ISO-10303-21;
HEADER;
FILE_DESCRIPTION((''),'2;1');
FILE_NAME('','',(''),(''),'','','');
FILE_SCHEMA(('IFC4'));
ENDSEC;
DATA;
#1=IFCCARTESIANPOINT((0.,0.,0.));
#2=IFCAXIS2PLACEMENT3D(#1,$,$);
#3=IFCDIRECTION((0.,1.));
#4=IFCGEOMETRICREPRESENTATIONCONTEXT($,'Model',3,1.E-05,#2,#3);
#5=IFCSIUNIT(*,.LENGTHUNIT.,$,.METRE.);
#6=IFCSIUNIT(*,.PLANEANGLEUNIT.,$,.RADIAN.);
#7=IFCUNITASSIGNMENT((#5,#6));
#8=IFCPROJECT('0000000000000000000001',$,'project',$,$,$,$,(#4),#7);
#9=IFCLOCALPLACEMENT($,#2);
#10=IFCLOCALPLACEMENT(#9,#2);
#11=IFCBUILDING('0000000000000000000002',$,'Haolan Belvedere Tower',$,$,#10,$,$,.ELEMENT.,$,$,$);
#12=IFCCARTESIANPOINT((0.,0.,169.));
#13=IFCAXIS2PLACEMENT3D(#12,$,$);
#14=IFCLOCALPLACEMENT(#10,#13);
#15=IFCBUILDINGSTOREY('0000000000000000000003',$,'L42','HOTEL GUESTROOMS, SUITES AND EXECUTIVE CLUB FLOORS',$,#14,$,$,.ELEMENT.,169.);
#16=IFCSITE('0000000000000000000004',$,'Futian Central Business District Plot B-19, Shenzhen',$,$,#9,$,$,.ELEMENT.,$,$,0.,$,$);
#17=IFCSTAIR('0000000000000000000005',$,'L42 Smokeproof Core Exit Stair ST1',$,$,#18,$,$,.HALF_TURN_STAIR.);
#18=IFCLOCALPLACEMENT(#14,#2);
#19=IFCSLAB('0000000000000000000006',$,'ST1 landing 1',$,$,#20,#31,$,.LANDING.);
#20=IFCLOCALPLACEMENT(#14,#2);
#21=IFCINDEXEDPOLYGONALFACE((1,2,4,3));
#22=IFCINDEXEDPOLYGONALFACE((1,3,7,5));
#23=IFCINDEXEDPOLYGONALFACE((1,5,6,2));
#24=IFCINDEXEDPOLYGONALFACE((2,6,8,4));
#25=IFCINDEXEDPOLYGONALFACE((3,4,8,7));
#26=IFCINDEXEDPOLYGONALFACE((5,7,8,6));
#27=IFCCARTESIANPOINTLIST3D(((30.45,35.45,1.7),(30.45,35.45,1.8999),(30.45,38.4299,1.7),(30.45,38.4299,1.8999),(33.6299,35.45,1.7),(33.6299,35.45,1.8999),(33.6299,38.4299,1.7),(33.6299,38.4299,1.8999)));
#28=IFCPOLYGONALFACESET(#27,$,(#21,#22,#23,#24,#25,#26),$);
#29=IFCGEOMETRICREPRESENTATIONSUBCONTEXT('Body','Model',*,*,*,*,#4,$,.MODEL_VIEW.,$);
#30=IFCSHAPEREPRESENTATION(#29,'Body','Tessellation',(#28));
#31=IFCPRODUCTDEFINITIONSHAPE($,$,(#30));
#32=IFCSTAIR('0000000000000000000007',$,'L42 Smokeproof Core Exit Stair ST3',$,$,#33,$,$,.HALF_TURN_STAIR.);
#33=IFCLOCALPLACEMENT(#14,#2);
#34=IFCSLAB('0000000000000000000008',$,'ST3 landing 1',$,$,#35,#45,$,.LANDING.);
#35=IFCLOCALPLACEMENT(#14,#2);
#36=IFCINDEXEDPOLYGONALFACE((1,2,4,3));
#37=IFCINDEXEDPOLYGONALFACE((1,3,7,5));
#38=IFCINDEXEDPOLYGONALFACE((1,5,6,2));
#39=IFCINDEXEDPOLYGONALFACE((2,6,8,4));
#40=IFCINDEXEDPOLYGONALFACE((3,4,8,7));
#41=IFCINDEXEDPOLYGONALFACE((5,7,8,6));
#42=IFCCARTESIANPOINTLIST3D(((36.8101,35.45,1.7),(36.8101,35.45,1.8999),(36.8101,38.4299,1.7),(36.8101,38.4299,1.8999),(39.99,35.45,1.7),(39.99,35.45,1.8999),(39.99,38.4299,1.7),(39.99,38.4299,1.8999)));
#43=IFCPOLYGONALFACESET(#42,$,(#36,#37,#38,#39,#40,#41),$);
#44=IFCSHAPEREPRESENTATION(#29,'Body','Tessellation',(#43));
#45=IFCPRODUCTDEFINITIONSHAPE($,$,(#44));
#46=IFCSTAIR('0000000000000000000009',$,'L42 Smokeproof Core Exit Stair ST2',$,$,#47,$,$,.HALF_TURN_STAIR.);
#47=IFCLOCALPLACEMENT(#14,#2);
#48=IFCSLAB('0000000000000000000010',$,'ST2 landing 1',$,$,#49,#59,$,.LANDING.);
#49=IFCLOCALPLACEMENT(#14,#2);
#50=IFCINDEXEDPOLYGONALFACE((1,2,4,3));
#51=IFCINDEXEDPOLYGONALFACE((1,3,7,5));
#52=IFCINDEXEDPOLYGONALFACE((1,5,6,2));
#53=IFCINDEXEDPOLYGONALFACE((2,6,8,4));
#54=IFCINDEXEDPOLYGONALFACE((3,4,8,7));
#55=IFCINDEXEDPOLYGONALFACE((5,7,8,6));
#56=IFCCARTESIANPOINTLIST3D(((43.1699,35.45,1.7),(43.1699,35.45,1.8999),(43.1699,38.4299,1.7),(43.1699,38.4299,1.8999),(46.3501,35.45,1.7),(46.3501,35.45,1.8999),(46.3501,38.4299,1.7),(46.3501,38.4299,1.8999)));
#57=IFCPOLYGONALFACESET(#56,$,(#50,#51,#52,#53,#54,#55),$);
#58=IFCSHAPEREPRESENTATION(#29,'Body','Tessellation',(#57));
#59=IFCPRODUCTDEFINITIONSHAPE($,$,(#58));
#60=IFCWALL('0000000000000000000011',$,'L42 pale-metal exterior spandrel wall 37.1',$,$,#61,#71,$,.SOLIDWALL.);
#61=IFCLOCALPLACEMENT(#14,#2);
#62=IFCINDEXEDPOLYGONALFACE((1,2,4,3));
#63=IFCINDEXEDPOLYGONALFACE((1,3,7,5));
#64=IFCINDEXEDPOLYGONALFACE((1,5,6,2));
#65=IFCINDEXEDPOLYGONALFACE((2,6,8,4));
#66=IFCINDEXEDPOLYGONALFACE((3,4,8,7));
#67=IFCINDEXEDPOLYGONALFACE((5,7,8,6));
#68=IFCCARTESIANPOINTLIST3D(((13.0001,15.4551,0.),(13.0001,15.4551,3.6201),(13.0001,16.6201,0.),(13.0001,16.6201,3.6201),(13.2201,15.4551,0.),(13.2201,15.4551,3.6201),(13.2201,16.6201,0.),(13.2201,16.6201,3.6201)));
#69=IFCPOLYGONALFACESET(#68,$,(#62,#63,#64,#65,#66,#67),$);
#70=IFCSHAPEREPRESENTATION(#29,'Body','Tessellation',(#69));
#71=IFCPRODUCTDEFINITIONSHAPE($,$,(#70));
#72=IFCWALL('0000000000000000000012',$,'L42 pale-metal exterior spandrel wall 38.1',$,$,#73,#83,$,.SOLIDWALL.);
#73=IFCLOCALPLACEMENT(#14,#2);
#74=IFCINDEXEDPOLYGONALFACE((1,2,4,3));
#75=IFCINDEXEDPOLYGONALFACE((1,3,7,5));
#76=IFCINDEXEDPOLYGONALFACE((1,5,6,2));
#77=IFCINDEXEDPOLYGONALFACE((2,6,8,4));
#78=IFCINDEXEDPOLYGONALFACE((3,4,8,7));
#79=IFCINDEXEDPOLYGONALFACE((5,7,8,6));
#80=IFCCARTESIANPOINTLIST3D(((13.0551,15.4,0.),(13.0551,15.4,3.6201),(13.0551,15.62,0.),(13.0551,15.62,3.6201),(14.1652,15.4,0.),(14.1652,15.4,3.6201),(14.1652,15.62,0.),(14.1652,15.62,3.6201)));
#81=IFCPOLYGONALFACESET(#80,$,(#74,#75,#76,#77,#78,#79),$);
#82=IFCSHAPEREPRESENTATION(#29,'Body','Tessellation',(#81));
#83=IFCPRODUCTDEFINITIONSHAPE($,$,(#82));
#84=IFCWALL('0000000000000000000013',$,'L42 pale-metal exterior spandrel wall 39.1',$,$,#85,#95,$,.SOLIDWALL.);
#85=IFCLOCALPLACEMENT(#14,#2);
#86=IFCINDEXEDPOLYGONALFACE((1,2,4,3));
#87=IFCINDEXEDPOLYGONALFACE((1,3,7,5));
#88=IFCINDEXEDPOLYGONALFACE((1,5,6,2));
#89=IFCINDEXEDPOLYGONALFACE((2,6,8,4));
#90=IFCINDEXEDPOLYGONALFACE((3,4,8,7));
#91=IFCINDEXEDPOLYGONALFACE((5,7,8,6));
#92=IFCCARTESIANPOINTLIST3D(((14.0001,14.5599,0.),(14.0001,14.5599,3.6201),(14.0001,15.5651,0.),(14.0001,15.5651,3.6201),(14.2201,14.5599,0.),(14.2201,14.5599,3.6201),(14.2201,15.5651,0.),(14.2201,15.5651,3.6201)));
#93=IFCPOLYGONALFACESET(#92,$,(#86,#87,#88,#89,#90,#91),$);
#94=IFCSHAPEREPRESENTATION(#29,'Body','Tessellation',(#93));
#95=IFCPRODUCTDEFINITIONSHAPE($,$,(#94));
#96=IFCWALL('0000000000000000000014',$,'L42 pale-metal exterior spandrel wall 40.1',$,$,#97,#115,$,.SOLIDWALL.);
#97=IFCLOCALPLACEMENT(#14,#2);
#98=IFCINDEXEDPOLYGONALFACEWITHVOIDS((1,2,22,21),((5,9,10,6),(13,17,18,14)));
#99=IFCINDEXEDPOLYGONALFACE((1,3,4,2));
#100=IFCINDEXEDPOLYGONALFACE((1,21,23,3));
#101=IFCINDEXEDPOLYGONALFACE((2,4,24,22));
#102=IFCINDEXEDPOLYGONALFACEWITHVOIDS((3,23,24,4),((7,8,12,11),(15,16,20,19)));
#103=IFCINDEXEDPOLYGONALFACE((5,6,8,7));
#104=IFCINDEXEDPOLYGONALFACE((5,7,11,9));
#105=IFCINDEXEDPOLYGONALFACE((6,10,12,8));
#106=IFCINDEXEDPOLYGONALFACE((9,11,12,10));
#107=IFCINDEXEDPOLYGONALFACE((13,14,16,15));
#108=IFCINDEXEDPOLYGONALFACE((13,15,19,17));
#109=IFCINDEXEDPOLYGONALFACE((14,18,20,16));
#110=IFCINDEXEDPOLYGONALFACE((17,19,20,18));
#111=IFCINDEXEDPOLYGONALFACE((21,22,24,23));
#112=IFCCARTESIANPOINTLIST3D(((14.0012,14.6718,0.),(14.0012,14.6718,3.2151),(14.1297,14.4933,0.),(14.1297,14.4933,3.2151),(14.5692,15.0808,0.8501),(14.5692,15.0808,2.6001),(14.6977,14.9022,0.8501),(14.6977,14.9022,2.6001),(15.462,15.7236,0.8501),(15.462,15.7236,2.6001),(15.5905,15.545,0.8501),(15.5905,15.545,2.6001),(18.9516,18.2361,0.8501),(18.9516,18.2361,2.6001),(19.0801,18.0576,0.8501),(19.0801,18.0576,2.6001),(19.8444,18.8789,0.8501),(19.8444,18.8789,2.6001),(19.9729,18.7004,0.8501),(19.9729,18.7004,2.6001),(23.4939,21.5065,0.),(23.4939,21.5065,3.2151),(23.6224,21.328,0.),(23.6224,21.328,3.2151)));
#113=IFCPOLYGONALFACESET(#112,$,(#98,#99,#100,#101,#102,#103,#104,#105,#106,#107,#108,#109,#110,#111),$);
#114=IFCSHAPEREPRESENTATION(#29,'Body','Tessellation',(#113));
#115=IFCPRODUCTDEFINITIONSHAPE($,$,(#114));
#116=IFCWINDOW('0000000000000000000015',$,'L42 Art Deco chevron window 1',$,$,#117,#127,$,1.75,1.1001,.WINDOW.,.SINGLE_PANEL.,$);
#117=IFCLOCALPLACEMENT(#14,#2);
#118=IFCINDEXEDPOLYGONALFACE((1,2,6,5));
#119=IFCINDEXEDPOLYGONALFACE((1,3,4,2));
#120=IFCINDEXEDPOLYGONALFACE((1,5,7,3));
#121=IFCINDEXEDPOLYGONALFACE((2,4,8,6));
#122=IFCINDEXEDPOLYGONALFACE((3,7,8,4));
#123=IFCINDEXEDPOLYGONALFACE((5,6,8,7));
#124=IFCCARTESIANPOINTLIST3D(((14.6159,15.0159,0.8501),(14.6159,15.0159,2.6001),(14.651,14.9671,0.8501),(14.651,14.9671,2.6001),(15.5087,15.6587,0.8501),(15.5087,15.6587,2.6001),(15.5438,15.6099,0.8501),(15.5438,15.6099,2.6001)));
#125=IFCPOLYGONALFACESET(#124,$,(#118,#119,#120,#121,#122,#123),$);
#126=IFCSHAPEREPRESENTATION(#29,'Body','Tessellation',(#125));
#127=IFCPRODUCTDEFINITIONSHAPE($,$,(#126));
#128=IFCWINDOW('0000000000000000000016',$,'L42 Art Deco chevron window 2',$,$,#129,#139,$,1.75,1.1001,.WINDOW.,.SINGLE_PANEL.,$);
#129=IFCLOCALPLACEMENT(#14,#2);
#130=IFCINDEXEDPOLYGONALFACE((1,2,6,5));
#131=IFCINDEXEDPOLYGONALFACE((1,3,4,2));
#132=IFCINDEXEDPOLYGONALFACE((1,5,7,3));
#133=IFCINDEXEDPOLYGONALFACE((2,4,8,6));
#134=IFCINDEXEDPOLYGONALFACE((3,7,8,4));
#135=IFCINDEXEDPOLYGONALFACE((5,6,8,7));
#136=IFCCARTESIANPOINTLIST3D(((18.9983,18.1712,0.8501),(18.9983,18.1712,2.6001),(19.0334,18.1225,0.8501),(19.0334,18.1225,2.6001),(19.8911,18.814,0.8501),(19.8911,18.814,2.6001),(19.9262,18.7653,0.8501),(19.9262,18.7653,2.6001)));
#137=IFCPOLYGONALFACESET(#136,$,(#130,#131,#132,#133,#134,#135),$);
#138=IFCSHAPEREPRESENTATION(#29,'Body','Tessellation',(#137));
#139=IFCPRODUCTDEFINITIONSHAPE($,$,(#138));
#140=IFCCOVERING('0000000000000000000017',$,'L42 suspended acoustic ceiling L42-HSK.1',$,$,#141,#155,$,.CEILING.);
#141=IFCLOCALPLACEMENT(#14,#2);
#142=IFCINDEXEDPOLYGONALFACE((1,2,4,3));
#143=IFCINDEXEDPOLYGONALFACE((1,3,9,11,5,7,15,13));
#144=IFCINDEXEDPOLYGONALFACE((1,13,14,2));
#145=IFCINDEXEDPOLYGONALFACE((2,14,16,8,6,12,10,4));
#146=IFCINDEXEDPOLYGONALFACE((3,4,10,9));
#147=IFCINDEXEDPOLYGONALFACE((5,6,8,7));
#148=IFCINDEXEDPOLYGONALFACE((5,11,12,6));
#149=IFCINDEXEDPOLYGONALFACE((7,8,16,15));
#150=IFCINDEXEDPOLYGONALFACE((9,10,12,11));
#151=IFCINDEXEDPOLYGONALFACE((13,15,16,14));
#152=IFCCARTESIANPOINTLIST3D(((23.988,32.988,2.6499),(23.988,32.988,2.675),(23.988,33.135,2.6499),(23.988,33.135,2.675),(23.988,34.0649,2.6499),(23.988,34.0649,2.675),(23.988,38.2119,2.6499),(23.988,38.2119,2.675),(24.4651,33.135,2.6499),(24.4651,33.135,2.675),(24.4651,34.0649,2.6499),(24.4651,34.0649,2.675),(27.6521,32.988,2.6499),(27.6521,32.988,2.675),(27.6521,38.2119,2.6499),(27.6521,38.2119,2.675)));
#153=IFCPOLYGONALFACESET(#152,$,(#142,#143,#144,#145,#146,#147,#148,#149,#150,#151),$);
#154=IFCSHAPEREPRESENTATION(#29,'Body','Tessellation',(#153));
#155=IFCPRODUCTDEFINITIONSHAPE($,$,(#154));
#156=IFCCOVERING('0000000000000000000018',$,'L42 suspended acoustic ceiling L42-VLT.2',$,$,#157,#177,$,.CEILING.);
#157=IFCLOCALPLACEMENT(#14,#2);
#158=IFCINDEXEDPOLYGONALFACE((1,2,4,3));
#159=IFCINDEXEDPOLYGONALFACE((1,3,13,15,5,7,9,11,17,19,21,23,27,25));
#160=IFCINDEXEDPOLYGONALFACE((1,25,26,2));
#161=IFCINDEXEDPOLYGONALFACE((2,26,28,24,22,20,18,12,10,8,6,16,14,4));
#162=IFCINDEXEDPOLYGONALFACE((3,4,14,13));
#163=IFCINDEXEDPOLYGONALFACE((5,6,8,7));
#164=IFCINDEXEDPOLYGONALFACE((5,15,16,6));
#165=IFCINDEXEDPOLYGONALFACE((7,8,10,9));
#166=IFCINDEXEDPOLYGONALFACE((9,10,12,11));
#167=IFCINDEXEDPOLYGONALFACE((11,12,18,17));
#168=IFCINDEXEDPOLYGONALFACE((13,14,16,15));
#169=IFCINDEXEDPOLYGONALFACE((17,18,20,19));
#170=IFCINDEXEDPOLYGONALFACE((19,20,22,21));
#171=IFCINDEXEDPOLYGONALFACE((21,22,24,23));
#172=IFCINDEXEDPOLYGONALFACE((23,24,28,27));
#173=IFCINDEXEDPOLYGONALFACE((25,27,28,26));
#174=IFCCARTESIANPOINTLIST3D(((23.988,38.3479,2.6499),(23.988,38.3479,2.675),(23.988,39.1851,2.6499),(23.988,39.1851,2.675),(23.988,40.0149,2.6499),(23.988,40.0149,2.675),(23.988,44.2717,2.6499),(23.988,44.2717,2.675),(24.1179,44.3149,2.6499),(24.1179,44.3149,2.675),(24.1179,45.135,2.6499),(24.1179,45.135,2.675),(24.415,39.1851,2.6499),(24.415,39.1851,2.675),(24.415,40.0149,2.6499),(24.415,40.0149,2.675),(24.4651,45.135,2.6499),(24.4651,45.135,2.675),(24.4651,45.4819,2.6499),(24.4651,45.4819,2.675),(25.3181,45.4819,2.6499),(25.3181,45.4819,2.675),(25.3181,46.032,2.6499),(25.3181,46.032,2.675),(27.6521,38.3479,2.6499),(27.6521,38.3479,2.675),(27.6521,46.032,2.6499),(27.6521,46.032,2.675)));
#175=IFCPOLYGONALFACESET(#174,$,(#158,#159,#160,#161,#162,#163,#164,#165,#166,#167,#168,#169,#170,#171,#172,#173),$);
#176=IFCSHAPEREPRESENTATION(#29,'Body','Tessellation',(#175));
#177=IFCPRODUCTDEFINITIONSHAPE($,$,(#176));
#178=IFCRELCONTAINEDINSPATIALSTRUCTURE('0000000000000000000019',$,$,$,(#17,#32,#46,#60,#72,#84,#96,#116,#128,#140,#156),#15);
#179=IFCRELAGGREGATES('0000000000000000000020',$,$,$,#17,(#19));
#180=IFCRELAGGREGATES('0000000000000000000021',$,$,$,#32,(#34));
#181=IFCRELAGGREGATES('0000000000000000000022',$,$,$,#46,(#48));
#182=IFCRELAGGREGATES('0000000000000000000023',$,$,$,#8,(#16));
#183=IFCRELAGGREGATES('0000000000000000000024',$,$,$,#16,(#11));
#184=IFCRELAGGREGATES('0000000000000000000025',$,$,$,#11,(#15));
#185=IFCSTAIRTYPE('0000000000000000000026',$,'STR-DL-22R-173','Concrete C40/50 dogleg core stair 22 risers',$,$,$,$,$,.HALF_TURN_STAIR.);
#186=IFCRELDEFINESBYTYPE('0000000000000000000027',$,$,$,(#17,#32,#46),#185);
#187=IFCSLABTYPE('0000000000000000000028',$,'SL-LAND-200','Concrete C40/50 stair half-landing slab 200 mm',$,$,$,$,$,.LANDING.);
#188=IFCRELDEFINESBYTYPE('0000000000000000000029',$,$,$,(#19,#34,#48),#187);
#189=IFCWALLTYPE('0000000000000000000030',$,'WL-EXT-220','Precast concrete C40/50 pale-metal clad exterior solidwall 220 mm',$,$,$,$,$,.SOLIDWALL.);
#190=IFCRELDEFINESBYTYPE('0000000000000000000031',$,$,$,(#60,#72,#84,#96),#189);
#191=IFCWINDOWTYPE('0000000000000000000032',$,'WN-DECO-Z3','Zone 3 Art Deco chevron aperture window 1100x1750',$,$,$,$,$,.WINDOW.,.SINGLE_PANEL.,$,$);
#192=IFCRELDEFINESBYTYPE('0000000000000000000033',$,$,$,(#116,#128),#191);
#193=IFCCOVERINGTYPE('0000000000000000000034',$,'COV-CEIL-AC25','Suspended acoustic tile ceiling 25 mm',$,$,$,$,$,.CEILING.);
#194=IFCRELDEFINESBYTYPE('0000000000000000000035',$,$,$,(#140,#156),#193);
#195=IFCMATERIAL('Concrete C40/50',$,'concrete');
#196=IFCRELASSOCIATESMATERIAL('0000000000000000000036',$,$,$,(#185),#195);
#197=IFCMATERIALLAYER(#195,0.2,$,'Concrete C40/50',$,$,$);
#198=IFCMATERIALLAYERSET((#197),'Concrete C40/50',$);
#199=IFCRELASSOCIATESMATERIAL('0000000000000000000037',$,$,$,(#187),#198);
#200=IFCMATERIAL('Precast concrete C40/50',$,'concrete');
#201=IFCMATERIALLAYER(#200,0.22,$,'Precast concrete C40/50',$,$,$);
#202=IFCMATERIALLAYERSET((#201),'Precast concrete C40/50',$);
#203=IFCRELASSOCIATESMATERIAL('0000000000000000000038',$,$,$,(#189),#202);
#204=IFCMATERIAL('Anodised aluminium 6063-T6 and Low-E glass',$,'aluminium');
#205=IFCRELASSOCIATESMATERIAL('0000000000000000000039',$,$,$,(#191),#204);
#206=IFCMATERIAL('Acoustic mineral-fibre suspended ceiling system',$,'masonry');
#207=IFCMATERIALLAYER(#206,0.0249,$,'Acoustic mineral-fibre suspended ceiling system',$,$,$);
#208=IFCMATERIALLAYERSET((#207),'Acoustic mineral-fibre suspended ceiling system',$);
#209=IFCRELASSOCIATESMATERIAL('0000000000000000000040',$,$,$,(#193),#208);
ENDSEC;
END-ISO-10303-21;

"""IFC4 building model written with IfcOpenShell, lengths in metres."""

from ifc_helpers import new_model, si_unit, direction, frame, frame_2d, origin, place, context, subcontext, project, spatial, polyline, rectangle, outline, extrude, material, layer, layer_set, type_object, element, fill, aggregate, save


model = new_model("IFC4")

# Units and contexts
model_context = context("Model", 3, precision=1e-05, world=origin(), true_north=direction((0.0, 1.0)))
body_context = subcontext(model_context, "Body", "Model", "MODEL_VIEW")
ifc_project = project(units=[si_unit("LENGTHUNIT", "METRE"), si_unit("PLANEANGLEUNIT", "RADIAN")], contexts=[model_context])

# Site, building, storey
site_placement = place(None, origin())
site = spatial("IfcSite", under=ifc_project, at=site_placement, Name="Futian Central Business District Plot B-19, Shenzhen", CompositionType="ELEMENT", RefElevation=0.0)
building_placement = place(site_placement, origin())
building = spatial("IfcBuilding", under=site, at=building_placement, Name="Haolan Belvedere Tower", CompositionType="ELEMENT")
storey_placement = place(building_placement, frame((0.0, 0.0, 169.0)))
storey = spatial("IfcBuildingStorey", under=building, at=storey_placement, Name="L42", Description="HOTEL GUESTROOMS, SUITES AND EXECUTIVE CLUB FLOORS", CompositionType="ELEMENT", Elevation=169.0)

# Shared definitions
ifc_material_1 = material(Name="Concrete C40/50", Category="concrete")

# Stairs, slabs
stair_type = type_object("IfcStairType", Name="STR-DL-22R-173", Description="Concrete C40/50 dogleg core stair 22 risers", PredefinedType="HALF_TURN_STAIR", material=ifc_material_1)
stair_1_placement = place(storey_placement, origin())
stair_1 = element("IfcStair", 1, at=stair_1_placement, inside=storey, type_object=stair_type, Name="L42 Smokeproof Core Exit Stair ST1", PredefinedType="HALF_TURN_STAIR")
ifc_layer_1 = layer(ifc_material_1, 0.2, Name="Concrete C40/50")
ifc_layer_set_1 = layer_set([ifc_layer_1], Name="Concrete C40/50")
slab_type_1 = type_object("IfcSlabType", Name="SL-LAND-200", Description="Concrete C40/50 stair half-landing slab 200 mm", PredefinedType="LANDING", material=ifc_layer_set_1)
slab_1_placement = place(storey_placement, frame((0.0, 0.0, 1.7)))
slab_1 = element("IfcSlab", 2, at=slab_1_placement, type_object=slab_type_1, Name="ST1 landing 1", PredefinedType="LANDING", context=body_context, shape_type="SweptSolid", body=[
    extrude(outline(polyline([(30.45, 38.4299), (30.45, 35.45), (33.6299, 35.45), (33.6299, 38.4299), (30.45, 38.4299)])), origin(), (0.0, 0.0, 1.0), 0.2),
])
aggregate(stair_1, [slab_1])
stair_2_placement = place(storey_placement, origin())
stair_2 = element("IfcStair", 3, at=stair_2_placement, inside=storey, type_object=stair_type, Name="L42 Smokeproof Core Exit Stair ST3", PredefinedType="HALF_TURN_STAIR")
slab_2_placement = place(storey_placement, frame((0.0, 0.0, 1.7)))
slab_2 = element("IfcSlab", 4, at=slab_2_placement, type_object=slab_type_1, Name="ST3 landing 1", PredefinedType="LANDING", context=body_context, shape_type="SweptSolid", body=[
    extrude(outline(polyline([(36.8101, 38.4299), (36.8101, 35.45), (39.99, 35.45), (39.99, 38.4299), (36.8101, 38.4299)])), origin(), (0.0, 0.0, 1.0), 0.2),
])
aggregate(stair_2, [slab_2])
stair_3_placement = place(storey_placement, origin())
stair_3 = element("IfcStair", 5, at=stair_3_placement, inside=storey, type_object=stair_type, Name="L42 Smokeproof Core Exit Stair ST2", PredefinedType="HALF_TURN_STAIR")
slab_3_placement = place(storey_placement, frame((0.0, 0.0, 1.7)))
slab_3 = element("IfcSlab", 6, at=slab_3_placement, type_object=slab_type_1, Name="ST2 landing 1", PredefinedType="LANDING", context=body_context, shape_type="SweptSolid", body=[
    extrude(outline(polyline([(43.1699, 38.4299), (43.1699, 35.45), (46.3501, 35.45), (46.3501, 38.4299), (43.1699, 38.4299)])), origin(), (0.0, 0.0, 1.0), 0.2),
])
aggregate(stair_3, [slab_3])

# Walls
ifc_material_2 = material(Name="Precast concrete C40/50", Category="concrete")
ifc_layer_2 = layer(ifc_material_2, 0.22, Name="Precast concrete C40/50")
ifc_layer_set_2 = layer_set([ifc_layer_2], Name="Precast concrete C40/50")
wall_type = type_object("IfcWallType", Name="WL-EXT-220", Description="Precast concrete C40/50 pale-metal clad exterior solidwall 220 mm", PredefinedType="SOLIDWALL", material=ifc_layer_set_2)
wall_1_placement = place(storey_placement, frame((13.1101, 16.6201, 0.0), z_axis=(0.0, 0.0, 1.0), x_axis=(0.0, -1.0, 0.0)))
element("IfcWall", 7, at=wall_1_placement, inside=storey, type_object=wall_type, Name="L42 pale-metal exterior spandrel wall 37.1", PredefinedType="SOLIDWALL", context=body_context, shape_type="SweptSolid", body=[
    extrude(rectangle(XDim=1.165, YDim=0.22, at=frame_2d((0.5825, 0.0))), origin(), (0.0, 0.0, 1.0), 3.6201),
])
wall_2_placement = place(storey_placement, frame((13.0549, 15.51, 0.0), z_axis=(0.0, 0.0, 1.0), x_axis=(1.0, 0.0, 0.0)))
element("IfcWall", 8, at=wall_2_placement, inside=storey, type_object=wall_type, Name="L42 pale-metal exterior spandrel wall 38.1", PredefinedType="SOLIDWALL", context=body_context, shape_type="SweptSolid", body=[
    extrude(rectangle(XDim=1.1101, YDim=0.22, at=frame_2d((0.5552, 0.0))), origin(), (0.0, 0.0, 1.0), 3.6201),
])
wall_3_placement = place(storey_placement, frame((14.1101, 15.5649, 0.0), z_axis=(0.0, 0.0, 1.0), x_axis=(0.0, -1.0, 0.0)))
element("IfcWall", 9, at=wall_3_placement, inside=storey, type_object=wall_type, Name="L42 pale-metal exterior spandrel wall 39.1", PredefinedType="SOLIDWALL", context=body_context, shape_type="SweptSolid", body=[
    extrude(rectangle(XDim=1.0051, YDim=0.22, at=frame_2d((0.5024, 0.0))), origin(), (0.0, 0.0, 1.0), 3.6201),
])

# Wall, openings, windows
wall_4_placement = place(storey_placement, frame((14.0654, 14.5825, 0.0), z_axis=(0.0, 0.0, 1.0), x_axis=(0.811535, 0.584304, 0.0)))
wall_4 = element("IfcWall", 10, at=wall_4_placement, inside=storey, type_object=wall_type, Name="L42 pale-metal exterior spandrel wall 40.1", PredefinedType="SOLIDWALL", context=body_context, shape_type="SweptSolid", body=[
    extrude(rectangle(XDim=11.6973, YDim=0.22, at=frame_2d((5.8486, 0.0))), origin(), (0.0, 0.0, 1.0), 3.2151),
])
opening_1_placement = place(wall_4_placement, frame((0.7, 0.0, 0.8501)))
opening_1 = element("IfcOpeningElement", 11, at=opening_1_placement, cuts=wall_4, PredefinedType="OPENING", context=body_context, shape_type="SweptSolid", body=[
    extrude(rectangle(XDim=1.1001, YDim=1.75, at=frame_2d((0.55, 0.875))), frame((0.0, 0.1199, 0.0), z_axis=(0.0, -1.0, 0.0), x_axis=(1.0, 0.0, 0.0)), (0.0, 0.0, 1.0), 0.24),
])
opening_2_placement = place(wall_4_placement, frame((6.1001, 0.0, 0.8501)))
opening_2 = element("IfcOpeningElement", 12, at=opening_2_placement, cuts=wall_4, PredefinedType="OPENING", context=body_context, shape_type="SweptSolid", body=[
    extrude(rectangle(XDim=1.1001, YDim=1.75, at=frame_2d((0.55, 0.875))), frame((0.0, 0.1199, 0.0), z_axis=(0.0, -1.0, 0.0), x_axis=(1.0, 0.0, 0.0)), (0.0, 0.0, 1.0), 0.24),
])
ifc_material_3 = material(Name="Anodised aluminium 6063-T6 and Low-E glass", Category="aluminium")
window_type = type_object("IfcWindowType", Name="WN-DECO-Z3", Description="Zone 3 Art Deco chevron aperture window 1100x1750", PartitioningType="SINGLE_PANEL", PredefinedType="WINDOW", material=ifc_material_3)
window_1_placement = place(opening_1_placement, origin())
window_1 = element("IfcWindow", 13, at=window_1_placement, inside=storey, type_object=window_type, Name="L42 Art Deco chevron window 1", OverallHeight=1.75, OverallWidth=1.1001, PartitioningType="SINGLE_PANEL", PredefinedType="WINDOW", context=body_context, shape_type="SweptSolid", body=[
    extrude(rectangle(XDim=1.1001, YDim=1.75, at=frame_2d((0.55, 0.875))), frame((0.0, 0.03, 0.0), z_axis=(0.0, -1.0, 0.0), x_axis=(1.0, 0.0, 0.0)), (0.0, 0.0, 1.0), 0.0601),
])
fill(opening_1, window_1)
window_2_placement = place(opening_2_placement, origin())
window_2 = element("IfcWindow", 14, at=window_2_placement, inside=storey, type_object=window_type, Name="L42 Art Deco chevron window 2", OverallHeight=1.75, OverallWidth=1.1001, PartitioningType="SINGLE_PANEL", PredefinedType="WINDOW", context=body_context, shape_type="SweptSolid", body=[
    extrude(rectangle(XDim=1.1001, YDim=1.75, at=frame_2d((0.55, 0.875))), frame((0.0, 0.03, 0.0), z_axis=(0.0, -1.0, 0.0), x_axis=(1.0, 0.0, 0.0)), (0.0, 0.0, 1.0), 0.0601),
])
fill(opening_2, window_2)

# Coverings
ifc_material_4 = material(Name="Acoustic mineral-fibre suspended ceiling system", Category="masonry")
ifc_layer_3 = layer(ifc_material_4, 0.0249, Name="Acoustic mineral-fibre suspended ceiling system")
ifc_layer_set_3 = layer_set([ifc_layer_3], Name="Acoustic mineral-fibre suspended ceiling system")
covering_type_1 = type_object("IfcCoveringType", Name="COV-CEIL-AC25", Description="Suspended acoustic tile ceiling 25 mm", PredefinedType="CEILING", material=ifc_layer_set_3)
covering_1_placement = place(storey_placement, frame((0.0, 0.0, 2.6499)))
element("IfcCovering", 15, at=covering_1_placement, inside=storey, type_object=covering_type_1, Name="L42 suspended acoustic ceiling L42-HSK.1", PredefinedType="CEILING", context=body_context, shape_type="SweptSolid", body=[
    extrude(outline(polyline([(27.6521, 32.988), (27.6521, 38.2119), (23.988, 38.2119), (23.988, 34.0649), (24.4651, 34.0649), (24.4651, 33.135), (23.988, 33.135), (23.988, 32.988), (27.6521, 32.988)])), origin(), (0.0, 0.0, 1.0), 0.0251),
])
covering_2_placement = place(storey_placement, frame((0.0, 0.0, 2.6499)))
element("IfcCovering", 16, at=covering_2_placement, inside=storey, type_object=covering_type_1, Name="L42 suspended acoustic ceiling L42-VLT.2", PredefinedType="CEILING", context=body_context, shape_type="SweptSolid", body=[
    extrude(outline(polyline([(23.988, 40.0149), (24.415, 40.0149), (24.415, 39.1851), (23.988, 39.1851), (23.988, 38.3479), (27.6521, 38.3479), (27.6521, 46.032), (25.3181, 46.032), (25.3181, 45.4819), (24.4651, 45.4819), (24.4651, 45.135), (24.1179, 45.135), (24.1179, 44.3149), (23.988, 44.2717), (23.988, 40.0149)])), origin(), (0.0, 0.0, 1.0), 0.0251),
])

save(model, "model.ifc")
